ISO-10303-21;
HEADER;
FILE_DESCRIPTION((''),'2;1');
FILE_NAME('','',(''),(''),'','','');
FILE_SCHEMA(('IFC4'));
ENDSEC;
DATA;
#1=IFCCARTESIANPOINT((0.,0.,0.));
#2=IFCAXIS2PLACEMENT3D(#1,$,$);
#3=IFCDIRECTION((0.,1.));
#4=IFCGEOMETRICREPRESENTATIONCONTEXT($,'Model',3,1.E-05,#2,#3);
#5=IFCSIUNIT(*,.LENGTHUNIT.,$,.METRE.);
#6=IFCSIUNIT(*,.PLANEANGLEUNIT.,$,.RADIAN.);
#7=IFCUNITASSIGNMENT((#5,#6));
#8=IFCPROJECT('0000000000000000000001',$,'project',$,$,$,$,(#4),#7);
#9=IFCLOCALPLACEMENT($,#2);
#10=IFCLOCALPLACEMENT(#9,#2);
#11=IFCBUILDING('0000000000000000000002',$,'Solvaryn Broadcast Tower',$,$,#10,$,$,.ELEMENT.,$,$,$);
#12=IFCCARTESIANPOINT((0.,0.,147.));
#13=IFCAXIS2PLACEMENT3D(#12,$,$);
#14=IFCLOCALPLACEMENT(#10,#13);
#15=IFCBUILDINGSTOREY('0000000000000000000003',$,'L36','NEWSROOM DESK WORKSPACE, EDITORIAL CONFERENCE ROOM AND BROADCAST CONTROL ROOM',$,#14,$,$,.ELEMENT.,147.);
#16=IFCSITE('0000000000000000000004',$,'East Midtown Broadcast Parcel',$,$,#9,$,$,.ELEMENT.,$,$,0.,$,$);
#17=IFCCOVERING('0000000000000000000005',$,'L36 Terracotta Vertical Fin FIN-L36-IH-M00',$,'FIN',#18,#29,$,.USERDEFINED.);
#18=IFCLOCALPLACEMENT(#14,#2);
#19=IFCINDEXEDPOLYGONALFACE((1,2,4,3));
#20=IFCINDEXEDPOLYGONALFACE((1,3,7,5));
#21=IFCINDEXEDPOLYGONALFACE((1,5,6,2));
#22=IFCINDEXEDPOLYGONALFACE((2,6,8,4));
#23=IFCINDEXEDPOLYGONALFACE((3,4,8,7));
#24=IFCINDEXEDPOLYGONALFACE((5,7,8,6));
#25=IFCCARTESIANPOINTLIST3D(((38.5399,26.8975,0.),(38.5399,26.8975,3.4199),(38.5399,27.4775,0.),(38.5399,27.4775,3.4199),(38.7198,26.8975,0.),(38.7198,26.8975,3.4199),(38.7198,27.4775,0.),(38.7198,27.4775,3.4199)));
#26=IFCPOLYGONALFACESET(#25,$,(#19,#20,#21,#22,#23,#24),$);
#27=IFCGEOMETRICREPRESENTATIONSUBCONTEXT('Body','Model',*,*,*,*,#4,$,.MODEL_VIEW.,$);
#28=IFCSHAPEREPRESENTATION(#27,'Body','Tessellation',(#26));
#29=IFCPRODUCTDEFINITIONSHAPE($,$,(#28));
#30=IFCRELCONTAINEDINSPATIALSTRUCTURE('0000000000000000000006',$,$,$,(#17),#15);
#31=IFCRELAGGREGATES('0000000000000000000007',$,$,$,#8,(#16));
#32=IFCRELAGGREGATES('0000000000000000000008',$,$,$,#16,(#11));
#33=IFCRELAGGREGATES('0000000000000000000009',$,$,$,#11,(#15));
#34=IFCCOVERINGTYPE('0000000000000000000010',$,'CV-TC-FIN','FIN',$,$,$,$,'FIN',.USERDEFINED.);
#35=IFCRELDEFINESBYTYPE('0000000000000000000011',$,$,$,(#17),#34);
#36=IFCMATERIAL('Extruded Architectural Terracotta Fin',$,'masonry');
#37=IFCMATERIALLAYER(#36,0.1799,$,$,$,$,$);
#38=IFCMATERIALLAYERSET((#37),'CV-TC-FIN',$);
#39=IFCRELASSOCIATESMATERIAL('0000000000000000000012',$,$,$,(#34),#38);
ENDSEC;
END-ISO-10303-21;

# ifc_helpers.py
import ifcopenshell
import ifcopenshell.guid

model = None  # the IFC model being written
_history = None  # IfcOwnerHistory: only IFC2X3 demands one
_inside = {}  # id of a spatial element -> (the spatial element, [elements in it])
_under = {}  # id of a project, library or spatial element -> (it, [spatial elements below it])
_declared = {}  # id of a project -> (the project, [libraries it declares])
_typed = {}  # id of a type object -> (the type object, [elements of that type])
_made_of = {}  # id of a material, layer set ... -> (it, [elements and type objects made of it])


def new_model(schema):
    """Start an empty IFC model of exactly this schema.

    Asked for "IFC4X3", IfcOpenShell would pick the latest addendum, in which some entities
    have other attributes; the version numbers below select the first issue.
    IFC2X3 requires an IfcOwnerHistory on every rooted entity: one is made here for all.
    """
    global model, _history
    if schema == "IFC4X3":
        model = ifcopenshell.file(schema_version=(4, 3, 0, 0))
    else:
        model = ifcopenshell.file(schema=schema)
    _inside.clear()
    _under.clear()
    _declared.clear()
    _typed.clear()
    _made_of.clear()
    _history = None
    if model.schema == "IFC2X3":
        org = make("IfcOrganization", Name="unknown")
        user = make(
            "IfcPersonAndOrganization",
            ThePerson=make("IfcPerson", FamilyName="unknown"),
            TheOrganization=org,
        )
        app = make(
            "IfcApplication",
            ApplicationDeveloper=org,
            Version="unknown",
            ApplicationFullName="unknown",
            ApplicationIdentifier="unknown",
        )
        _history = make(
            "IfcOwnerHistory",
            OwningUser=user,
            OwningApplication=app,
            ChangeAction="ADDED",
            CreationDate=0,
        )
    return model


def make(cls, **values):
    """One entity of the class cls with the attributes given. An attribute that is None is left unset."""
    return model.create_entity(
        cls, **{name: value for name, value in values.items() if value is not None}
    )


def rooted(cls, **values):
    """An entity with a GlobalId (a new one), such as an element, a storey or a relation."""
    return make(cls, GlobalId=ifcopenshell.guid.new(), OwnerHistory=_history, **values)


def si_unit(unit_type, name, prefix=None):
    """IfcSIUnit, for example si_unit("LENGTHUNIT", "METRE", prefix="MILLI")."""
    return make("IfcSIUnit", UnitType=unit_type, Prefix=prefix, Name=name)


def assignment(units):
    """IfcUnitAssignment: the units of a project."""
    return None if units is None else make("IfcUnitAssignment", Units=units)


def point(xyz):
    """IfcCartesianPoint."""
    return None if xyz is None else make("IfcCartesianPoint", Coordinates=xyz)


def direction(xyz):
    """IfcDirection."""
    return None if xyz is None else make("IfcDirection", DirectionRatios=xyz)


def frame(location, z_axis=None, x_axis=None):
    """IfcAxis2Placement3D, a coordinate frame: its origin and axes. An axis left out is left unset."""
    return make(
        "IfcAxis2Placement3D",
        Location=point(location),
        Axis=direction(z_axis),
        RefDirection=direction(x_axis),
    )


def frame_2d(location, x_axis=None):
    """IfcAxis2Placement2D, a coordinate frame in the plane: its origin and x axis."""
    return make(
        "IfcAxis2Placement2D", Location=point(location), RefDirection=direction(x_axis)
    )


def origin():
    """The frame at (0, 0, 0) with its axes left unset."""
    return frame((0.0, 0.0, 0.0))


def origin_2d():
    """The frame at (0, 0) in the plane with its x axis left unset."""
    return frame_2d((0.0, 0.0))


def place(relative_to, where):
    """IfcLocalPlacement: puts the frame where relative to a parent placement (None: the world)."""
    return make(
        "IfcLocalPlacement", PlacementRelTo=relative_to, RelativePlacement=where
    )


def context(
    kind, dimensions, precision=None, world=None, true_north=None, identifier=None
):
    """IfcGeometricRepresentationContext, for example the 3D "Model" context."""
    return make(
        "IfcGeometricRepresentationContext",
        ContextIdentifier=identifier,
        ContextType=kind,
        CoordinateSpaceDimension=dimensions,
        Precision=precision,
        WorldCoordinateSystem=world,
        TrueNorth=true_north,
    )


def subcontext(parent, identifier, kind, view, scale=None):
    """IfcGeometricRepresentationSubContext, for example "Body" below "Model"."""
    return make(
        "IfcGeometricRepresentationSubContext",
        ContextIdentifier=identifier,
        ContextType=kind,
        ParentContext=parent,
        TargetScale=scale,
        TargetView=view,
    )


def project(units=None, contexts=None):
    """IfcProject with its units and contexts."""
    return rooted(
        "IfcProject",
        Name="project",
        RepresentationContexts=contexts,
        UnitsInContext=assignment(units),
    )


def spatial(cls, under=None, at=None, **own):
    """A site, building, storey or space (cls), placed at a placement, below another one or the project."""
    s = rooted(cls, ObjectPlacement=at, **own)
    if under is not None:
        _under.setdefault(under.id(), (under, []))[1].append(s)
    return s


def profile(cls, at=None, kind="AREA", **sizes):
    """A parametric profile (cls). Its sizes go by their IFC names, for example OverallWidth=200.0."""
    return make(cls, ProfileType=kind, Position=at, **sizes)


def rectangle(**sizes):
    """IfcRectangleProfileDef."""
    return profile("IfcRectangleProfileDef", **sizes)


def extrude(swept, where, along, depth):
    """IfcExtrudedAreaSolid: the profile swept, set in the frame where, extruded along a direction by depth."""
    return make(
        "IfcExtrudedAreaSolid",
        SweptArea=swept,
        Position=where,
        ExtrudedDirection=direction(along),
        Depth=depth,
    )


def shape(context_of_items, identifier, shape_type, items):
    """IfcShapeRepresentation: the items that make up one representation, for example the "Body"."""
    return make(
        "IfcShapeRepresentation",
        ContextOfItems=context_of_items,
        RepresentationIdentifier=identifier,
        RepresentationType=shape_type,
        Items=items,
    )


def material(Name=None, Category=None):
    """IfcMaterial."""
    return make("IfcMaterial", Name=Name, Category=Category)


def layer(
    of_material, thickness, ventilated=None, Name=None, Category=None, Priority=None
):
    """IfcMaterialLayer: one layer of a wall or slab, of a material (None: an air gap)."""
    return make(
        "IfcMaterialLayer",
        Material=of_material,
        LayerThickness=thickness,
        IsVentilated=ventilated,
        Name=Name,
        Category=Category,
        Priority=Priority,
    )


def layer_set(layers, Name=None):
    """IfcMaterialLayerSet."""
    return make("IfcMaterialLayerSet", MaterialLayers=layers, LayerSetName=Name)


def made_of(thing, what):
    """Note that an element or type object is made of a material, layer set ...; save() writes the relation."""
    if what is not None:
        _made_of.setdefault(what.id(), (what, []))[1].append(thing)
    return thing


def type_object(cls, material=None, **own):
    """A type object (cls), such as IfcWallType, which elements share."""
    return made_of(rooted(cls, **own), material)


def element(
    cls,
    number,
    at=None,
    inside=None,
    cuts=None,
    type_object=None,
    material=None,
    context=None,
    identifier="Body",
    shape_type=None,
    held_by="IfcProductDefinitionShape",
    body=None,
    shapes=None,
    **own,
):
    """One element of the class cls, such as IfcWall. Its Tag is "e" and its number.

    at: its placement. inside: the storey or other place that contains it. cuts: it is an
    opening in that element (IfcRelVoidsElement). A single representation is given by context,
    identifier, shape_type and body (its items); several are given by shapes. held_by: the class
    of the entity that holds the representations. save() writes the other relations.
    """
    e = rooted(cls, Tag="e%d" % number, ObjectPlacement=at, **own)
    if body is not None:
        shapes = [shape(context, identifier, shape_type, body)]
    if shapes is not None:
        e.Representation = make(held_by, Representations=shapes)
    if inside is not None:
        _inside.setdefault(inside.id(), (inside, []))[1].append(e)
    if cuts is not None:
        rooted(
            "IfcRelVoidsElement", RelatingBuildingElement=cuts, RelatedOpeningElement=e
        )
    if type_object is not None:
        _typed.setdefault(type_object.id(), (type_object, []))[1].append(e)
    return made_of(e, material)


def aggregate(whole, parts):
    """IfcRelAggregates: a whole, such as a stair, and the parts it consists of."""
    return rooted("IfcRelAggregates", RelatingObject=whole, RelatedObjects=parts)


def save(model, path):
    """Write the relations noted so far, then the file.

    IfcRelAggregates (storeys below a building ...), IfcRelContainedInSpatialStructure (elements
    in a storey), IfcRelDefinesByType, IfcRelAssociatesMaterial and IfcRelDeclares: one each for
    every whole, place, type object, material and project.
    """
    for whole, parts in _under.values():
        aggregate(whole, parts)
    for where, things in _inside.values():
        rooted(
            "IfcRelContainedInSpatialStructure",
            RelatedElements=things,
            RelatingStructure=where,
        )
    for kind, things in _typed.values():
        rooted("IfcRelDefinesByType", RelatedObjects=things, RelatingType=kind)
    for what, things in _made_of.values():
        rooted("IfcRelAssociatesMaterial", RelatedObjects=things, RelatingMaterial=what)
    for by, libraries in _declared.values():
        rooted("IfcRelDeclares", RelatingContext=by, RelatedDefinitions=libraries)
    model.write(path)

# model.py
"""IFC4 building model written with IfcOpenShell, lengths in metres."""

from ifc_helpers import new_model, si_unit, direction, frame, origin, origin_2d, place, context, subcontext, project, spatial, rectangle, extrude, material, layer, layer_set, type_object, element, save


model = new_model("IFC4")

# Units and contexts
model_context = context("Model", 3, precision=1e-05, world=origin(), true_north=direction((0.0, 1.0)))
body_context = subcontext(model_context, "Body", "Model", "MODEL_VIEW")
ifc_project = project(units=[si_unit("LENGTHUNIT", "METRE"), si_unit("PLANEANGLEUNIT", "RADIAN")], contexts=[model_context])

# Site, building, storey
site_placement = place(None, origin())
site = spatial("IfcSite", under=ifc_project, at=site_placement, Name="East Midtown Broadcast Parcel", CompositionType="ELEMENT", RefElevation=0.0)
building_placement = place(site_placement, origin())
building = spatial("IfcBuilding", under=site, at=building_placement, Name="Solvaryn Broadcast Tower", CompositionType="ELEMENT")
storey_placement = place(building_placement, frame((0.0, 0.0, 147.0)))
storey = spatial("IfcBuildingStorey", under=building, at=storey_placement, Name="L36", Description="NEWSROOM DESK WORKSPACE, EDITORIAL CONFERENCE ROOM AND BROADCAST CONTROL ROOM", CompositionType="ELEMENT", Elevation=147.0)

# Covering
ifc_material_1 = material(Name="Extruded Architectural Terracotta Fin", Category="masonry")
ifc_layer_1 = layer(ifc_material_1, 0.1799)
ifc_layer_set_1 = layer_set([ifc_layer_1], Name="CV-TC-FIN")
covering_type_1 = type_object("IfcCoveringType", Name="CV-TC-FIN", Description="FIN", ElementType="FIN", PredefinedType="USERDEFINED", material=ifc_layer_set_1)
for number, where, z_axis, x_axis, name in (
    (1, (38.6299, 27.1875, 0.0), (0.0, 0.0, 1.0), (1.0, 0.0, 0.0), "L36 Terracotta Vertical Fin FIN-L36-IH-M00"),
):
    element("IfcCovering", number, at=place(storey_placement, frame(where, z_axis=z_axis, x_axis=x_axis)), inside=storey, type_object=covering_type_1, Name=name, ObjectType="FIN", PredefinedType="USERDEFINED", context=body_context, shape_type="SweptSolid", body=[
        extrude(rectangle(XDim=0.1799, YDim=0.5801, at=origin_2d()), origin(), (0.0, 0.0, 1.0), 3.4199),
    ])

save(model, "model.ifc")
